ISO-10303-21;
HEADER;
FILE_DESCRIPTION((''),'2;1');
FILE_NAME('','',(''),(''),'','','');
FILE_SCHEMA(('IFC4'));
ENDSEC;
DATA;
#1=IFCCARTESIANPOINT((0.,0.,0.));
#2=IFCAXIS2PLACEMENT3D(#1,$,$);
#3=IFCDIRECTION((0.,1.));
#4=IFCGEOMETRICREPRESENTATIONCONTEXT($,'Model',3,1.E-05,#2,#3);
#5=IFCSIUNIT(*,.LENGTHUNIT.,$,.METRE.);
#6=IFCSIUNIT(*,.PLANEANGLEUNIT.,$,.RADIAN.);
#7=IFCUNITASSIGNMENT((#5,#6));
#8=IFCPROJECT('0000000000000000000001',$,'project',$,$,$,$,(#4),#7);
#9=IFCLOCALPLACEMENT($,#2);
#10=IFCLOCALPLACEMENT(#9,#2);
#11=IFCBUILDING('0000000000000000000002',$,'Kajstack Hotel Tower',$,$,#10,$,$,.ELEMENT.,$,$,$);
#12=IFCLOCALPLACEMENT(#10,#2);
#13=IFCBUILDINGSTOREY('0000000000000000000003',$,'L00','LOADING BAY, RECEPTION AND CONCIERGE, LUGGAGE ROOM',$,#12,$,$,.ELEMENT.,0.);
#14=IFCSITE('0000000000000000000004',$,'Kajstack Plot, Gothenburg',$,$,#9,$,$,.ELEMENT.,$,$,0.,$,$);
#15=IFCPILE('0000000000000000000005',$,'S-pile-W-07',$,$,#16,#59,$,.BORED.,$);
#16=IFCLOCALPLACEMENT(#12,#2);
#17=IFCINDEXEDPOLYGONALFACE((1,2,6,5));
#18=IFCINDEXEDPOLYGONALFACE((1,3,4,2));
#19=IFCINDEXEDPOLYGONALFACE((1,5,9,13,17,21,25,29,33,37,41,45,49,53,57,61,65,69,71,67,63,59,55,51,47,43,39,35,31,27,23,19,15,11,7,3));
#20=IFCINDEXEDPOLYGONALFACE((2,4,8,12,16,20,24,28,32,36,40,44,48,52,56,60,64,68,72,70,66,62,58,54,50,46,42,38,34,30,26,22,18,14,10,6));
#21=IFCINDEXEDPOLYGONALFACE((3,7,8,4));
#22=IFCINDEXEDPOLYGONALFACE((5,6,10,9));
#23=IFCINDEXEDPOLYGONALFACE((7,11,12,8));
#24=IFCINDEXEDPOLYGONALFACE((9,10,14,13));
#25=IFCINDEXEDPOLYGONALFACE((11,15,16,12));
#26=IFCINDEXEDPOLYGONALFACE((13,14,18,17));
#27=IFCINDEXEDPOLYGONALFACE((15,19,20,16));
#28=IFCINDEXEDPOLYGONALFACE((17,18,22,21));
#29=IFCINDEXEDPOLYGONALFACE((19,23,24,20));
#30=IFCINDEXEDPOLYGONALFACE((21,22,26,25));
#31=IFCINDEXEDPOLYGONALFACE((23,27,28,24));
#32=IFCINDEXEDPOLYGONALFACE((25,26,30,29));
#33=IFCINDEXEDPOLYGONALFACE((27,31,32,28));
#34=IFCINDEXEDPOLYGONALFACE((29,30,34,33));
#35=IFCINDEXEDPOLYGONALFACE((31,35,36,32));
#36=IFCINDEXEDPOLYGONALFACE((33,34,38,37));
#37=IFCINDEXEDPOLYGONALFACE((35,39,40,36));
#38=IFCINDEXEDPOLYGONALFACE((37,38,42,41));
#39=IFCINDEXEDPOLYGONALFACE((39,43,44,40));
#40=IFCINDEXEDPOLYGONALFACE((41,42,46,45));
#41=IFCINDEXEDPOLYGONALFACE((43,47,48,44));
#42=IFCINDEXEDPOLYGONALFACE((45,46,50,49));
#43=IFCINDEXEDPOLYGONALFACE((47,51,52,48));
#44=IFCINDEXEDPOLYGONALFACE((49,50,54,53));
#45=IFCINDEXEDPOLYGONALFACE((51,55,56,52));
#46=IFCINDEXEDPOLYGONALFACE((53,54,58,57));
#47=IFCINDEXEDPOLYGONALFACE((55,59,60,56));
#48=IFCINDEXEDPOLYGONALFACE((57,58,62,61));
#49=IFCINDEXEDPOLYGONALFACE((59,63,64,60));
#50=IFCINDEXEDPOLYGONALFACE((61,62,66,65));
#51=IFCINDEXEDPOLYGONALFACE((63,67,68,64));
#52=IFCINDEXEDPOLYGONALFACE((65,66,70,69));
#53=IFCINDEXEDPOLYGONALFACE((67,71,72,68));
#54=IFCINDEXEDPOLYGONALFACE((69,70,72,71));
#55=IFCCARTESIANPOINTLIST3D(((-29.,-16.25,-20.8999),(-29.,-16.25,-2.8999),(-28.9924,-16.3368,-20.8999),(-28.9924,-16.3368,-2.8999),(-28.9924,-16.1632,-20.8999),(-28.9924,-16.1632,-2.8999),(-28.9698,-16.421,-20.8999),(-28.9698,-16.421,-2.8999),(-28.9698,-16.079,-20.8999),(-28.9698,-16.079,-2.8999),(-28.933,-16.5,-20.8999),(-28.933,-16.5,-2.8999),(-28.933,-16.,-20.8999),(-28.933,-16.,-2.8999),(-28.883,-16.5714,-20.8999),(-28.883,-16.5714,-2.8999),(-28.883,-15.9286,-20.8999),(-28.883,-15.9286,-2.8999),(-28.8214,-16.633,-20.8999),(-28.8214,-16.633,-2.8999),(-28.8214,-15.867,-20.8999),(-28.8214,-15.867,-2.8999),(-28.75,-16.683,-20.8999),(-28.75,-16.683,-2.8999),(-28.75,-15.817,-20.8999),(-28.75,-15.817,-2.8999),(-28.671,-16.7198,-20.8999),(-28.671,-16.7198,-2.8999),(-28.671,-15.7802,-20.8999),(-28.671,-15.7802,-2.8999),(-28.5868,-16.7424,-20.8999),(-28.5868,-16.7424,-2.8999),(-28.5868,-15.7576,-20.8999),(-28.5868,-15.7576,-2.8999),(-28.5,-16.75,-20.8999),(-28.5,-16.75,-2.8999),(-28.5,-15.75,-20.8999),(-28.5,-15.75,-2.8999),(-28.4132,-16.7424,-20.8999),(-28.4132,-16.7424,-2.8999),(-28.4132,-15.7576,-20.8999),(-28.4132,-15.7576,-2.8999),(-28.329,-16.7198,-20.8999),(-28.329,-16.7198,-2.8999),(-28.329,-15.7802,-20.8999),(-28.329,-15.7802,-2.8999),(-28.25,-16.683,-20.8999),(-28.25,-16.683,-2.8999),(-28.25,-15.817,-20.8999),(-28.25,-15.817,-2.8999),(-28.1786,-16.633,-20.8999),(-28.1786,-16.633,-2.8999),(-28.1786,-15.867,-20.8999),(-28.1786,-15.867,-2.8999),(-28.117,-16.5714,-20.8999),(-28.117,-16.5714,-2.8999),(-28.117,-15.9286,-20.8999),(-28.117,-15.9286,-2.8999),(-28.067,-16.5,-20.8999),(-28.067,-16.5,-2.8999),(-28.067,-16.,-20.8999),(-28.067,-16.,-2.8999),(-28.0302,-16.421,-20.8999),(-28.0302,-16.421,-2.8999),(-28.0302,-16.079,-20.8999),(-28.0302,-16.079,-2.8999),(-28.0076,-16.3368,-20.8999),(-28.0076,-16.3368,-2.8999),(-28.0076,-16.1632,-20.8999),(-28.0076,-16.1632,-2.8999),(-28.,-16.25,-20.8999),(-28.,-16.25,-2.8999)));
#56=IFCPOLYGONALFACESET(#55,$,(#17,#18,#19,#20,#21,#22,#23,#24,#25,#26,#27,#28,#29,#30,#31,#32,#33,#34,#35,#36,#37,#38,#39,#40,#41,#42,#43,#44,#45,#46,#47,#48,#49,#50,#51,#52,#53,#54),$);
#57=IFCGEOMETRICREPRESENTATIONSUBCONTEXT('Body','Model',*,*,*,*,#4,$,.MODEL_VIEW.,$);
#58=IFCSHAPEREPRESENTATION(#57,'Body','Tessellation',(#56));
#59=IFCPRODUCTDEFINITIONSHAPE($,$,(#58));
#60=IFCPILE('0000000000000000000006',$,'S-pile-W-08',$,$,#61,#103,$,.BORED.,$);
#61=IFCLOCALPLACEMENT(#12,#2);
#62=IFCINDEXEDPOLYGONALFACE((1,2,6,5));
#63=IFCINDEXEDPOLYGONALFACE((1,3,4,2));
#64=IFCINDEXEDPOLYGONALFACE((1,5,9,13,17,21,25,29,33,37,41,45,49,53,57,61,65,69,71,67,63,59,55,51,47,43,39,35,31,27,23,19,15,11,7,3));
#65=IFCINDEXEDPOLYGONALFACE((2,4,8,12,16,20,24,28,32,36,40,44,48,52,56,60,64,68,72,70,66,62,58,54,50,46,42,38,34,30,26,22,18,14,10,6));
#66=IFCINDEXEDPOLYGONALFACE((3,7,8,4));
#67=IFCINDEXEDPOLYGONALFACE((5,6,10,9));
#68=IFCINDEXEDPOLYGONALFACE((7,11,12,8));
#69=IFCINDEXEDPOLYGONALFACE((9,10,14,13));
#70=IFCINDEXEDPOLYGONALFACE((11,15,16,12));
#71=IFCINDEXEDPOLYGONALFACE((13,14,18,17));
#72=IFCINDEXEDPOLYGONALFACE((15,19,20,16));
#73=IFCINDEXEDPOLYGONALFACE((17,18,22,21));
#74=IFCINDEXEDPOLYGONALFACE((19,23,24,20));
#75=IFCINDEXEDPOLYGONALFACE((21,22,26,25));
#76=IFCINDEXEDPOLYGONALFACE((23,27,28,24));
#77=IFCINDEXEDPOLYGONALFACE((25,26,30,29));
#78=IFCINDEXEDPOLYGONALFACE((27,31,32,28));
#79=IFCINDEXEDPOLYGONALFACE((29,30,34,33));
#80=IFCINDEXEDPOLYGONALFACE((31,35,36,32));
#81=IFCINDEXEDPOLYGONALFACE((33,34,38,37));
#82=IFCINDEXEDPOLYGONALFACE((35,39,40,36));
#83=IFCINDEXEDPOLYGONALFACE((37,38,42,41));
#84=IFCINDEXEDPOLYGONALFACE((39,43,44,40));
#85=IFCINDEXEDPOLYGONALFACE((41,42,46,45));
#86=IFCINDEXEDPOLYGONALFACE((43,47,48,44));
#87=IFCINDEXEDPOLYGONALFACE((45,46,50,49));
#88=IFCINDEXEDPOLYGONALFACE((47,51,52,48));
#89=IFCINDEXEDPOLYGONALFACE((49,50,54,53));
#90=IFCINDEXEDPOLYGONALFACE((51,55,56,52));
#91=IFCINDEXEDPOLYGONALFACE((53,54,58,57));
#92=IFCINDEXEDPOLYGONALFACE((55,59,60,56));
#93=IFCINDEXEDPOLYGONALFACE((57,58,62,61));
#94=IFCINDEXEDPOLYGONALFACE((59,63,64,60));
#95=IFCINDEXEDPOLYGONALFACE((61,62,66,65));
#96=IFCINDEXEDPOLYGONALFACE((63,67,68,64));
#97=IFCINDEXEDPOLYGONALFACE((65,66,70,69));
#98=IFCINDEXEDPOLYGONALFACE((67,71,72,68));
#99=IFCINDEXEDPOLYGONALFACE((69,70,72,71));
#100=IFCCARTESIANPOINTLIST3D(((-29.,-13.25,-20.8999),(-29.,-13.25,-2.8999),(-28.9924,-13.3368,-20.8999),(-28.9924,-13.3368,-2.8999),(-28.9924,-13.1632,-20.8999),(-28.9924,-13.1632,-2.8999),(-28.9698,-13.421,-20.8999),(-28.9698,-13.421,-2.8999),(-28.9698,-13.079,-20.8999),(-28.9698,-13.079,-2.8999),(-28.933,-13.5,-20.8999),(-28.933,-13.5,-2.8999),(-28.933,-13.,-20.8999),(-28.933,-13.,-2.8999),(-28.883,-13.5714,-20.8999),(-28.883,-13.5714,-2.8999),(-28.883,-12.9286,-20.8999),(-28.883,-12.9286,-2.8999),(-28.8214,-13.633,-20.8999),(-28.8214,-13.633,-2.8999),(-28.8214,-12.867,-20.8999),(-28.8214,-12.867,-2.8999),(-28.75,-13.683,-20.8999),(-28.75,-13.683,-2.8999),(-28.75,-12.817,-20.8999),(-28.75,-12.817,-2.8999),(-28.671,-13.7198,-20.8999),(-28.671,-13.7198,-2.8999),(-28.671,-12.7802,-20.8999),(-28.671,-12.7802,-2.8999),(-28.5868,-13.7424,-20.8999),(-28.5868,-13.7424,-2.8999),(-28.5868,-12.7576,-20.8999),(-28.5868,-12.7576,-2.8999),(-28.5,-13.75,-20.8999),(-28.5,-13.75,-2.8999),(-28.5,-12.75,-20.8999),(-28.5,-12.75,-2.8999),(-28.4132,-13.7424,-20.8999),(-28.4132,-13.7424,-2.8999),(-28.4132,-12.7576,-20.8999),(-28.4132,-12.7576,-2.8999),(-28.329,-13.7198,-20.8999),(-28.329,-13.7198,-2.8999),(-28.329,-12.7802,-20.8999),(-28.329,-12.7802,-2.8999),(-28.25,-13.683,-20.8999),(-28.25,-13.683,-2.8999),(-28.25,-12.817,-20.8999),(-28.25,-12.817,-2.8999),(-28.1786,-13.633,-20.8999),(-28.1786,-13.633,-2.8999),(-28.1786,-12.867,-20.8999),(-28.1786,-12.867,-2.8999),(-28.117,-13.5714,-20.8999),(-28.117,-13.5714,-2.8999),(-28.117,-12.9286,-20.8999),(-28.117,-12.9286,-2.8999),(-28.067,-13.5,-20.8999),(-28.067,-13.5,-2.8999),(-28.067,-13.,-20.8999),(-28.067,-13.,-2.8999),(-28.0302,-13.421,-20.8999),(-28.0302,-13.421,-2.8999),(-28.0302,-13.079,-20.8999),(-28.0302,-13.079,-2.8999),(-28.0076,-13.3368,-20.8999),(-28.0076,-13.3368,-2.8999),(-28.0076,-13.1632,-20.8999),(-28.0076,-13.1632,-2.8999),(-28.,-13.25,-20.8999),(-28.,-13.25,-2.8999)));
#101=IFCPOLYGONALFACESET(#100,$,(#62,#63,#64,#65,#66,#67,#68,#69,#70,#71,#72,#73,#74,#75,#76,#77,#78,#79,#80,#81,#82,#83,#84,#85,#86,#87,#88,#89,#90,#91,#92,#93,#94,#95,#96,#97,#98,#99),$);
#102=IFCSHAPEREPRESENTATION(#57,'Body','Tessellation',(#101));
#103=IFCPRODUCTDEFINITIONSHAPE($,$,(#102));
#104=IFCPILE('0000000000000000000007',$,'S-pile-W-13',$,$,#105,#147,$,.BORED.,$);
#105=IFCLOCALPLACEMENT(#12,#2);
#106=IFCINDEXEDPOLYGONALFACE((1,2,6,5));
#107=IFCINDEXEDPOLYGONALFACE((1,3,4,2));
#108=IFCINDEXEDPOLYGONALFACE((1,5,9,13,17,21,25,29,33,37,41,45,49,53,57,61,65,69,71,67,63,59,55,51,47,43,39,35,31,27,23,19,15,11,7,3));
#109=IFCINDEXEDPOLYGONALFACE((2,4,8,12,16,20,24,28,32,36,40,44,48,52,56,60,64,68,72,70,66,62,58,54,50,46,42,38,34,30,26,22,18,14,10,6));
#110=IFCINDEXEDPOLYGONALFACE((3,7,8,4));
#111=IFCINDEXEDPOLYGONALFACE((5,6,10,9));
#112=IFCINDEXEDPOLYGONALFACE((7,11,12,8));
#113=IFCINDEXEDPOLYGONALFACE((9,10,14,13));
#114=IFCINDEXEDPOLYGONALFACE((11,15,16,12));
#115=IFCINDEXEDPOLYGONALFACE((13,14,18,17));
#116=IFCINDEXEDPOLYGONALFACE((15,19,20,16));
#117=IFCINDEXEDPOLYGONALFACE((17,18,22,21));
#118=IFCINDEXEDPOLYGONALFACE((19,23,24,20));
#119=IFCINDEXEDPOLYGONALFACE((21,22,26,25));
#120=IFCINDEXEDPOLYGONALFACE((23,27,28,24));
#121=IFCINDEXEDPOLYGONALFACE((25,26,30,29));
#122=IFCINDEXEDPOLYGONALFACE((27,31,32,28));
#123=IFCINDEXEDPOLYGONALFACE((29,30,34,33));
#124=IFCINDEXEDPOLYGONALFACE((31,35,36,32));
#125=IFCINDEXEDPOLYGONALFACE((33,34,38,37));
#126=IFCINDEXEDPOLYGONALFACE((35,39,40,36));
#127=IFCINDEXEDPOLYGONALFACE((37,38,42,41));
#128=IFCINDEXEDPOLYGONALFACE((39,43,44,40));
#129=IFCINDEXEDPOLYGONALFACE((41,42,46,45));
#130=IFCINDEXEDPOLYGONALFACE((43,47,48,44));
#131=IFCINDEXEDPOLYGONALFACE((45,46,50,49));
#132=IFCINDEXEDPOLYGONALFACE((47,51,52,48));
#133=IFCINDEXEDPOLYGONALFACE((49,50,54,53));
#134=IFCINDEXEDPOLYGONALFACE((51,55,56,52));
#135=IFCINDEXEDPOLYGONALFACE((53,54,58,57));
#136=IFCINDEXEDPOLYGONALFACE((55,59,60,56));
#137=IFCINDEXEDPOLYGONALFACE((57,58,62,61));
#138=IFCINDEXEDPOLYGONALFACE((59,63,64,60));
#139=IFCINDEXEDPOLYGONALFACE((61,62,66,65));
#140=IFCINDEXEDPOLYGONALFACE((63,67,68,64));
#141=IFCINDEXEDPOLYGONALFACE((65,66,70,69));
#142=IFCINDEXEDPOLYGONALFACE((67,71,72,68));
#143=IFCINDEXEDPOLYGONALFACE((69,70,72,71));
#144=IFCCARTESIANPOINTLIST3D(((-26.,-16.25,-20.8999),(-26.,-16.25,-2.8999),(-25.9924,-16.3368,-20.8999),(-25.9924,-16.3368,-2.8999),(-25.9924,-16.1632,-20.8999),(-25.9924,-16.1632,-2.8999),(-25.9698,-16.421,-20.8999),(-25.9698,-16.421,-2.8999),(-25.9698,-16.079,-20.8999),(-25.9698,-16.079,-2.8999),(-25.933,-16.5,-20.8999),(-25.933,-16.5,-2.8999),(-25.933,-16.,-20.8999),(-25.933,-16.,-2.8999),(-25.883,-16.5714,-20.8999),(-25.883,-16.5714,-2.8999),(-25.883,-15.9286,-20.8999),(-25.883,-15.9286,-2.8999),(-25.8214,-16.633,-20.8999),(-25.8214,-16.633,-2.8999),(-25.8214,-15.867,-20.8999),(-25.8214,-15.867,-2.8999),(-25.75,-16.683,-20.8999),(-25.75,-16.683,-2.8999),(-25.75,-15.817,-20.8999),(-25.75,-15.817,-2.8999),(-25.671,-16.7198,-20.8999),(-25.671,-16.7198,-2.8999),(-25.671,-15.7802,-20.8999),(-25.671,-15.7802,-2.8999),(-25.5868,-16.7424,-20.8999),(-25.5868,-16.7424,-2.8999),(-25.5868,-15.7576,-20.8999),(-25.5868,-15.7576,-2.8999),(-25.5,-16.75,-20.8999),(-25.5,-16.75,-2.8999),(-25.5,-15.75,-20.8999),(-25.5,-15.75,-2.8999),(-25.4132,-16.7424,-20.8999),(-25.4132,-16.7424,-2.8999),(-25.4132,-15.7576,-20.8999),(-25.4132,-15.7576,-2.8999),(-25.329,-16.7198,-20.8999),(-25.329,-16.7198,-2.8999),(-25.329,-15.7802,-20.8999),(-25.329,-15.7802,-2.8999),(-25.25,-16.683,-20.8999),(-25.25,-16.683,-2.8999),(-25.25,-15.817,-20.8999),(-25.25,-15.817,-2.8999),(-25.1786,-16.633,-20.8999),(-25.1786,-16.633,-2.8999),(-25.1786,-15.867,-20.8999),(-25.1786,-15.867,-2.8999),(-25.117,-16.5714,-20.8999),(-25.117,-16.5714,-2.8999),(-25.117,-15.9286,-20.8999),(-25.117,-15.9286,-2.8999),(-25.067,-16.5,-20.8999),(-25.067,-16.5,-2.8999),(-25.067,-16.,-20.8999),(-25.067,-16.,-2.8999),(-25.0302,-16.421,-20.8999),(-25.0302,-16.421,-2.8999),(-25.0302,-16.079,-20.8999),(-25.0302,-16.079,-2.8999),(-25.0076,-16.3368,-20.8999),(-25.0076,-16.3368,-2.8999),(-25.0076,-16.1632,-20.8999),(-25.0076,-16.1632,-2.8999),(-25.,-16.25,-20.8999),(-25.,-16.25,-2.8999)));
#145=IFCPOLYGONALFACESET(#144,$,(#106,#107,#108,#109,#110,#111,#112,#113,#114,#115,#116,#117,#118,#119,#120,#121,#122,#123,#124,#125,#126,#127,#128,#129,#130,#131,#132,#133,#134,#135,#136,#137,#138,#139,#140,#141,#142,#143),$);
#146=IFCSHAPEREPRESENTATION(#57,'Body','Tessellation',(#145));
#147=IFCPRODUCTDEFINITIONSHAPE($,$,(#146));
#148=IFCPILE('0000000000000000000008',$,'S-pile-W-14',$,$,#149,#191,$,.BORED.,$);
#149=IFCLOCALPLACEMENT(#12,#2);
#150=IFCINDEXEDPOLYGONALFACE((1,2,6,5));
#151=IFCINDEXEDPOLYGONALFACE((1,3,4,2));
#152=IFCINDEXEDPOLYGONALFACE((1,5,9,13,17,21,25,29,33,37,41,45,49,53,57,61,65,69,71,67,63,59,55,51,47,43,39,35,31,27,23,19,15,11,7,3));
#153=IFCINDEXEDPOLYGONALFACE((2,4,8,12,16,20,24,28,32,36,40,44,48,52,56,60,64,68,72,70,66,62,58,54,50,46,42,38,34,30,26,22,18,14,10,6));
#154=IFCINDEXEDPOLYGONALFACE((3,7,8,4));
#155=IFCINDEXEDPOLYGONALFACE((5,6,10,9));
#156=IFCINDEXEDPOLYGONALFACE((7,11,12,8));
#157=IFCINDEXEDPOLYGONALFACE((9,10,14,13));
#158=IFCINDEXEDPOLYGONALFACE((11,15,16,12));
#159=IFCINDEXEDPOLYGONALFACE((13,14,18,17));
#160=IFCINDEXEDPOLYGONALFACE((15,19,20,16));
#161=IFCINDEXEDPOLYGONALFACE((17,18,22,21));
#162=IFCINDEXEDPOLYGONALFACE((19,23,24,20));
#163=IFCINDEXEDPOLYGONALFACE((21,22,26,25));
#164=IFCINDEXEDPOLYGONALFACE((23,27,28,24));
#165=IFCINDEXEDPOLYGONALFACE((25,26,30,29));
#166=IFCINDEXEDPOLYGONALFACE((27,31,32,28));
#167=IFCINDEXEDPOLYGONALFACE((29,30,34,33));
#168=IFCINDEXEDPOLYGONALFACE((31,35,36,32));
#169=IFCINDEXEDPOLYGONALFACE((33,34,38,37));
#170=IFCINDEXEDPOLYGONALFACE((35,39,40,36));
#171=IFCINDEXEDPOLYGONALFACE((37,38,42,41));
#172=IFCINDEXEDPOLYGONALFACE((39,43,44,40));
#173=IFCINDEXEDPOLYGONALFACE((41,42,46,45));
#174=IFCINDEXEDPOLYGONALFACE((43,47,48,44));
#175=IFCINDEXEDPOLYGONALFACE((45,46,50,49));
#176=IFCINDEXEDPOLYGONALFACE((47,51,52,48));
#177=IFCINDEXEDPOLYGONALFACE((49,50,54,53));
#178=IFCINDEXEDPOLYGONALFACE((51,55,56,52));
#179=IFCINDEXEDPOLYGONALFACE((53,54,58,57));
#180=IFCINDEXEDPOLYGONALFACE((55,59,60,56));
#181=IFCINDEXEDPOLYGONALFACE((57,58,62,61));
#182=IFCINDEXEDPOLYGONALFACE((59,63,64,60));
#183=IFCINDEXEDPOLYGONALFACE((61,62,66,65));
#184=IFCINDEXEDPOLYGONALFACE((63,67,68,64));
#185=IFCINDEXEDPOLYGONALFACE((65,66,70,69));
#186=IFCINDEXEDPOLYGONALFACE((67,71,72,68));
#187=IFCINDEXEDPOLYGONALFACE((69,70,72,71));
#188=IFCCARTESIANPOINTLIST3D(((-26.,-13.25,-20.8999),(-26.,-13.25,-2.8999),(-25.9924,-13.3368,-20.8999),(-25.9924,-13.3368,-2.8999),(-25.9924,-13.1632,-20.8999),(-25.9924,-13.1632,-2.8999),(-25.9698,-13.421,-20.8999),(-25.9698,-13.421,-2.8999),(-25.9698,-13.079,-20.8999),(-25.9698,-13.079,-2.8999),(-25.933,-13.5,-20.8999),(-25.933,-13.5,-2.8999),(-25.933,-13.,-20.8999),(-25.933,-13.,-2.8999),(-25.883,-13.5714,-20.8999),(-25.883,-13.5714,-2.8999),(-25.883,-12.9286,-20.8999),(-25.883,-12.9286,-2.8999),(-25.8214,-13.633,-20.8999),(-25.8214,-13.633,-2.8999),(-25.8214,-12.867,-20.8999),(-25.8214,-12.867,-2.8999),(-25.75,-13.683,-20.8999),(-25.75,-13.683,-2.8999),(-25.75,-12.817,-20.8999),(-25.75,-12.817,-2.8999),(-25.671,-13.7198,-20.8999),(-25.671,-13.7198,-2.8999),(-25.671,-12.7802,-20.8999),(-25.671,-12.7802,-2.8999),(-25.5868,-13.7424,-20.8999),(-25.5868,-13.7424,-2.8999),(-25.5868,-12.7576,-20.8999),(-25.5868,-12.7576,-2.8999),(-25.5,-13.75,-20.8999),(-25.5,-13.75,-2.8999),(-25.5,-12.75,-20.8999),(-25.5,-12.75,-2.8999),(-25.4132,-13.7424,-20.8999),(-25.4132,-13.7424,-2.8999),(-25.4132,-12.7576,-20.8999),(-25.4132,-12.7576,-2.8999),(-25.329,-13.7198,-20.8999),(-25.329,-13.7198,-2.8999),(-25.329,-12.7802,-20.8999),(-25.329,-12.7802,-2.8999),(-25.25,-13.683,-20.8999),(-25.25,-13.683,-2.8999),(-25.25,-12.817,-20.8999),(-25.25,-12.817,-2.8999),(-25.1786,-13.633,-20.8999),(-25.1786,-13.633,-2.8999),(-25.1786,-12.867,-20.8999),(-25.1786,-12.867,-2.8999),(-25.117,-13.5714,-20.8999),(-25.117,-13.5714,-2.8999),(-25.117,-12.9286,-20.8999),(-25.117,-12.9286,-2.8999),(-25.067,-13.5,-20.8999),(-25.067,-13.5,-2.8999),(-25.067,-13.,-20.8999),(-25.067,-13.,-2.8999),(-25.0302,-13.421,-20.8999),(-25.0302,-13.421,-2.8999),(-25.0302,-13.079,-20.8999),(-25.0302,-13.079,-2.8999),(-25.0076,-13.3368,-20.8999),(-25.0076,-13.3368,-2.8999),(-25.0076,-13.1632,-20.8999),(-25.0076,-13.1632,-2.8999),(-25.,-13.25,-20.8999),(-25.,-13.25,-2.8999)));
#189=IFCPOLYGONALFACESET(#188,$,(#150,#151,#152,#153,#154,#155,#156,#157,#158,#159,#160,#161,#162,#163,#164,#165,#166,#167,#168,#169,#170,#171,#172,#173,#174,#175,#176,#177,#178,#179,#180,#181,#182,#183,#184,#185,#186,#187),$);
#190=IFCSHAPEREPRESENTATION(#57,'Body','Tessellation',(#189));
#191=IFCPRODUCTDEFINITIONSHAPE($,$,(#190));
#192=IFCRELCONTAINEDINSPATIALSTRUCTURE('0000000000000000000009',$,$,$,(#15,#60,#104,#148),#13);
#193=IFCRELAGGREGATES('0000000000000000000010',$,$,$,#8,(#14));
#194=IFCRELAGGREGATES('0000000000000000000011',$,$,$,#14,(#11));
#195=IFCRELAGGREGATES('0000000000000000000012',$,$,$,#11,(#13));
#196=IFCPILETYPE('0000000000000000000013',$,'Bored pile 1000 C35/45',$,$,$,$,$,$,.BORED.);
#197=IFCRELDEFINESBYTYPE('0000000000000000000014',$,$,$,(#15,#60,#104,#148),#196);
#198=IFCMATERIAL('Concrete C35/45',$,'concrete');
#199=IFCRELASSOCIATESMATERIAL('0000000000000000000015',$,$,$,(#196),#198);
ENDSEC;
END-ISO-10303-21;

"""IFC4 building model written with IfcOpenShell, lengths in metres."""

from ifc_helpers import new_model, si_unit, direction, frame, origin, origin_2d, place, context, subcontext, project, spatial, circle, extrude, material, material_profile, profile_set, type_object, element, save


model = new_model("IFC4")

# Units and contexts
model_context = context("Model", 3, precision=1e-05, world=origin(), true_north=direction((0.0, 1.0)))
body_context = subcontext(model_context, "Body", "Model", "MODEL_VIEW")
ifc_project = project(units=[si_unit("LENGTHUNIT", "METRE"), si_unit("PLANEANGLEUNIT", "RADIAN")], contexts=[model_context])

# Site, building, storey
site_placement = place(None, origin())
site = spatial("IfcSite", under=ifc_project, at=site_placement, Name="Kajstack Plot, Gothenburg", CompositionType="ELEMENT", RefElevation=0.0)
building_placement = place(site_placement, origin())
building = spatial("IfcBuilding", under=site, at=building_placement, Name="Kajstack Hotel Tower", CompositionType="ELEMENT")
storey_placement = place(building_placement, origin())
storey = spatial("IfcBuildingStorey", under=building, at=storey_placement, Name="L00", Description="LOADING BAY, RECEPTION AND CONCIERGE, LUGGAGE ROOM", CompositionType="ELEMENT", Elevation=0.0)

# Piles
ifc_material_1 = material(Name="Concrete C35/45", Category="concrete")
ifc_material_profile = material_profile(ifc_material_1, circle(Radius=0.5, at=origin_2d()), Name="RC round 1000")
ifc_profile_set = profile_set([ifc_material_profile], Name="Concrete C35/45")
pile_type = type_object("IfcPileType", Name="Bored pile 1000 C35/45", PredefinedType="BORED", material=ifc_profile_set)
for number, where, z_axis, x_axis, name in (
    (1, (-28.5, -16.25, -2.8999), (0.0, 0.0, -1.0), (1.0, 0.0, 0.0), "S-pile-W-07"),
    (2, (-28.5, -13.25, -2.8999), (0.0, 0.0, -1.0), (1.0, 0.0, 0.0), "S-pile-W-08"),
    (3, (-25.5, -16.25, -2.8999), (0.0, 0.0, -1.0), (1.0, 0.0, 0.0), "S-pile-W-13"),
    (4, (-25.5, -13.25, -2.8999), (0.0, 0.0, -1.0), (1.0, 0.0, 0.0), "S-pile-W-14"),
):
    element("IfcPile", number, at=place(storey_placement, frame(where, z_axis=z_axis, x_axis=x_axis)), inside=storey, type_object=pile_type, Name=name, PredefinedType="BORED", context=body_context, shape_type="SweptSolid", body=[
        extrude(circle(Radius=0.5, at=origin_2d()), origin(), (0.0, 0.0, 1.0), 18.0),
    ])

save(model, "model.ifc")
